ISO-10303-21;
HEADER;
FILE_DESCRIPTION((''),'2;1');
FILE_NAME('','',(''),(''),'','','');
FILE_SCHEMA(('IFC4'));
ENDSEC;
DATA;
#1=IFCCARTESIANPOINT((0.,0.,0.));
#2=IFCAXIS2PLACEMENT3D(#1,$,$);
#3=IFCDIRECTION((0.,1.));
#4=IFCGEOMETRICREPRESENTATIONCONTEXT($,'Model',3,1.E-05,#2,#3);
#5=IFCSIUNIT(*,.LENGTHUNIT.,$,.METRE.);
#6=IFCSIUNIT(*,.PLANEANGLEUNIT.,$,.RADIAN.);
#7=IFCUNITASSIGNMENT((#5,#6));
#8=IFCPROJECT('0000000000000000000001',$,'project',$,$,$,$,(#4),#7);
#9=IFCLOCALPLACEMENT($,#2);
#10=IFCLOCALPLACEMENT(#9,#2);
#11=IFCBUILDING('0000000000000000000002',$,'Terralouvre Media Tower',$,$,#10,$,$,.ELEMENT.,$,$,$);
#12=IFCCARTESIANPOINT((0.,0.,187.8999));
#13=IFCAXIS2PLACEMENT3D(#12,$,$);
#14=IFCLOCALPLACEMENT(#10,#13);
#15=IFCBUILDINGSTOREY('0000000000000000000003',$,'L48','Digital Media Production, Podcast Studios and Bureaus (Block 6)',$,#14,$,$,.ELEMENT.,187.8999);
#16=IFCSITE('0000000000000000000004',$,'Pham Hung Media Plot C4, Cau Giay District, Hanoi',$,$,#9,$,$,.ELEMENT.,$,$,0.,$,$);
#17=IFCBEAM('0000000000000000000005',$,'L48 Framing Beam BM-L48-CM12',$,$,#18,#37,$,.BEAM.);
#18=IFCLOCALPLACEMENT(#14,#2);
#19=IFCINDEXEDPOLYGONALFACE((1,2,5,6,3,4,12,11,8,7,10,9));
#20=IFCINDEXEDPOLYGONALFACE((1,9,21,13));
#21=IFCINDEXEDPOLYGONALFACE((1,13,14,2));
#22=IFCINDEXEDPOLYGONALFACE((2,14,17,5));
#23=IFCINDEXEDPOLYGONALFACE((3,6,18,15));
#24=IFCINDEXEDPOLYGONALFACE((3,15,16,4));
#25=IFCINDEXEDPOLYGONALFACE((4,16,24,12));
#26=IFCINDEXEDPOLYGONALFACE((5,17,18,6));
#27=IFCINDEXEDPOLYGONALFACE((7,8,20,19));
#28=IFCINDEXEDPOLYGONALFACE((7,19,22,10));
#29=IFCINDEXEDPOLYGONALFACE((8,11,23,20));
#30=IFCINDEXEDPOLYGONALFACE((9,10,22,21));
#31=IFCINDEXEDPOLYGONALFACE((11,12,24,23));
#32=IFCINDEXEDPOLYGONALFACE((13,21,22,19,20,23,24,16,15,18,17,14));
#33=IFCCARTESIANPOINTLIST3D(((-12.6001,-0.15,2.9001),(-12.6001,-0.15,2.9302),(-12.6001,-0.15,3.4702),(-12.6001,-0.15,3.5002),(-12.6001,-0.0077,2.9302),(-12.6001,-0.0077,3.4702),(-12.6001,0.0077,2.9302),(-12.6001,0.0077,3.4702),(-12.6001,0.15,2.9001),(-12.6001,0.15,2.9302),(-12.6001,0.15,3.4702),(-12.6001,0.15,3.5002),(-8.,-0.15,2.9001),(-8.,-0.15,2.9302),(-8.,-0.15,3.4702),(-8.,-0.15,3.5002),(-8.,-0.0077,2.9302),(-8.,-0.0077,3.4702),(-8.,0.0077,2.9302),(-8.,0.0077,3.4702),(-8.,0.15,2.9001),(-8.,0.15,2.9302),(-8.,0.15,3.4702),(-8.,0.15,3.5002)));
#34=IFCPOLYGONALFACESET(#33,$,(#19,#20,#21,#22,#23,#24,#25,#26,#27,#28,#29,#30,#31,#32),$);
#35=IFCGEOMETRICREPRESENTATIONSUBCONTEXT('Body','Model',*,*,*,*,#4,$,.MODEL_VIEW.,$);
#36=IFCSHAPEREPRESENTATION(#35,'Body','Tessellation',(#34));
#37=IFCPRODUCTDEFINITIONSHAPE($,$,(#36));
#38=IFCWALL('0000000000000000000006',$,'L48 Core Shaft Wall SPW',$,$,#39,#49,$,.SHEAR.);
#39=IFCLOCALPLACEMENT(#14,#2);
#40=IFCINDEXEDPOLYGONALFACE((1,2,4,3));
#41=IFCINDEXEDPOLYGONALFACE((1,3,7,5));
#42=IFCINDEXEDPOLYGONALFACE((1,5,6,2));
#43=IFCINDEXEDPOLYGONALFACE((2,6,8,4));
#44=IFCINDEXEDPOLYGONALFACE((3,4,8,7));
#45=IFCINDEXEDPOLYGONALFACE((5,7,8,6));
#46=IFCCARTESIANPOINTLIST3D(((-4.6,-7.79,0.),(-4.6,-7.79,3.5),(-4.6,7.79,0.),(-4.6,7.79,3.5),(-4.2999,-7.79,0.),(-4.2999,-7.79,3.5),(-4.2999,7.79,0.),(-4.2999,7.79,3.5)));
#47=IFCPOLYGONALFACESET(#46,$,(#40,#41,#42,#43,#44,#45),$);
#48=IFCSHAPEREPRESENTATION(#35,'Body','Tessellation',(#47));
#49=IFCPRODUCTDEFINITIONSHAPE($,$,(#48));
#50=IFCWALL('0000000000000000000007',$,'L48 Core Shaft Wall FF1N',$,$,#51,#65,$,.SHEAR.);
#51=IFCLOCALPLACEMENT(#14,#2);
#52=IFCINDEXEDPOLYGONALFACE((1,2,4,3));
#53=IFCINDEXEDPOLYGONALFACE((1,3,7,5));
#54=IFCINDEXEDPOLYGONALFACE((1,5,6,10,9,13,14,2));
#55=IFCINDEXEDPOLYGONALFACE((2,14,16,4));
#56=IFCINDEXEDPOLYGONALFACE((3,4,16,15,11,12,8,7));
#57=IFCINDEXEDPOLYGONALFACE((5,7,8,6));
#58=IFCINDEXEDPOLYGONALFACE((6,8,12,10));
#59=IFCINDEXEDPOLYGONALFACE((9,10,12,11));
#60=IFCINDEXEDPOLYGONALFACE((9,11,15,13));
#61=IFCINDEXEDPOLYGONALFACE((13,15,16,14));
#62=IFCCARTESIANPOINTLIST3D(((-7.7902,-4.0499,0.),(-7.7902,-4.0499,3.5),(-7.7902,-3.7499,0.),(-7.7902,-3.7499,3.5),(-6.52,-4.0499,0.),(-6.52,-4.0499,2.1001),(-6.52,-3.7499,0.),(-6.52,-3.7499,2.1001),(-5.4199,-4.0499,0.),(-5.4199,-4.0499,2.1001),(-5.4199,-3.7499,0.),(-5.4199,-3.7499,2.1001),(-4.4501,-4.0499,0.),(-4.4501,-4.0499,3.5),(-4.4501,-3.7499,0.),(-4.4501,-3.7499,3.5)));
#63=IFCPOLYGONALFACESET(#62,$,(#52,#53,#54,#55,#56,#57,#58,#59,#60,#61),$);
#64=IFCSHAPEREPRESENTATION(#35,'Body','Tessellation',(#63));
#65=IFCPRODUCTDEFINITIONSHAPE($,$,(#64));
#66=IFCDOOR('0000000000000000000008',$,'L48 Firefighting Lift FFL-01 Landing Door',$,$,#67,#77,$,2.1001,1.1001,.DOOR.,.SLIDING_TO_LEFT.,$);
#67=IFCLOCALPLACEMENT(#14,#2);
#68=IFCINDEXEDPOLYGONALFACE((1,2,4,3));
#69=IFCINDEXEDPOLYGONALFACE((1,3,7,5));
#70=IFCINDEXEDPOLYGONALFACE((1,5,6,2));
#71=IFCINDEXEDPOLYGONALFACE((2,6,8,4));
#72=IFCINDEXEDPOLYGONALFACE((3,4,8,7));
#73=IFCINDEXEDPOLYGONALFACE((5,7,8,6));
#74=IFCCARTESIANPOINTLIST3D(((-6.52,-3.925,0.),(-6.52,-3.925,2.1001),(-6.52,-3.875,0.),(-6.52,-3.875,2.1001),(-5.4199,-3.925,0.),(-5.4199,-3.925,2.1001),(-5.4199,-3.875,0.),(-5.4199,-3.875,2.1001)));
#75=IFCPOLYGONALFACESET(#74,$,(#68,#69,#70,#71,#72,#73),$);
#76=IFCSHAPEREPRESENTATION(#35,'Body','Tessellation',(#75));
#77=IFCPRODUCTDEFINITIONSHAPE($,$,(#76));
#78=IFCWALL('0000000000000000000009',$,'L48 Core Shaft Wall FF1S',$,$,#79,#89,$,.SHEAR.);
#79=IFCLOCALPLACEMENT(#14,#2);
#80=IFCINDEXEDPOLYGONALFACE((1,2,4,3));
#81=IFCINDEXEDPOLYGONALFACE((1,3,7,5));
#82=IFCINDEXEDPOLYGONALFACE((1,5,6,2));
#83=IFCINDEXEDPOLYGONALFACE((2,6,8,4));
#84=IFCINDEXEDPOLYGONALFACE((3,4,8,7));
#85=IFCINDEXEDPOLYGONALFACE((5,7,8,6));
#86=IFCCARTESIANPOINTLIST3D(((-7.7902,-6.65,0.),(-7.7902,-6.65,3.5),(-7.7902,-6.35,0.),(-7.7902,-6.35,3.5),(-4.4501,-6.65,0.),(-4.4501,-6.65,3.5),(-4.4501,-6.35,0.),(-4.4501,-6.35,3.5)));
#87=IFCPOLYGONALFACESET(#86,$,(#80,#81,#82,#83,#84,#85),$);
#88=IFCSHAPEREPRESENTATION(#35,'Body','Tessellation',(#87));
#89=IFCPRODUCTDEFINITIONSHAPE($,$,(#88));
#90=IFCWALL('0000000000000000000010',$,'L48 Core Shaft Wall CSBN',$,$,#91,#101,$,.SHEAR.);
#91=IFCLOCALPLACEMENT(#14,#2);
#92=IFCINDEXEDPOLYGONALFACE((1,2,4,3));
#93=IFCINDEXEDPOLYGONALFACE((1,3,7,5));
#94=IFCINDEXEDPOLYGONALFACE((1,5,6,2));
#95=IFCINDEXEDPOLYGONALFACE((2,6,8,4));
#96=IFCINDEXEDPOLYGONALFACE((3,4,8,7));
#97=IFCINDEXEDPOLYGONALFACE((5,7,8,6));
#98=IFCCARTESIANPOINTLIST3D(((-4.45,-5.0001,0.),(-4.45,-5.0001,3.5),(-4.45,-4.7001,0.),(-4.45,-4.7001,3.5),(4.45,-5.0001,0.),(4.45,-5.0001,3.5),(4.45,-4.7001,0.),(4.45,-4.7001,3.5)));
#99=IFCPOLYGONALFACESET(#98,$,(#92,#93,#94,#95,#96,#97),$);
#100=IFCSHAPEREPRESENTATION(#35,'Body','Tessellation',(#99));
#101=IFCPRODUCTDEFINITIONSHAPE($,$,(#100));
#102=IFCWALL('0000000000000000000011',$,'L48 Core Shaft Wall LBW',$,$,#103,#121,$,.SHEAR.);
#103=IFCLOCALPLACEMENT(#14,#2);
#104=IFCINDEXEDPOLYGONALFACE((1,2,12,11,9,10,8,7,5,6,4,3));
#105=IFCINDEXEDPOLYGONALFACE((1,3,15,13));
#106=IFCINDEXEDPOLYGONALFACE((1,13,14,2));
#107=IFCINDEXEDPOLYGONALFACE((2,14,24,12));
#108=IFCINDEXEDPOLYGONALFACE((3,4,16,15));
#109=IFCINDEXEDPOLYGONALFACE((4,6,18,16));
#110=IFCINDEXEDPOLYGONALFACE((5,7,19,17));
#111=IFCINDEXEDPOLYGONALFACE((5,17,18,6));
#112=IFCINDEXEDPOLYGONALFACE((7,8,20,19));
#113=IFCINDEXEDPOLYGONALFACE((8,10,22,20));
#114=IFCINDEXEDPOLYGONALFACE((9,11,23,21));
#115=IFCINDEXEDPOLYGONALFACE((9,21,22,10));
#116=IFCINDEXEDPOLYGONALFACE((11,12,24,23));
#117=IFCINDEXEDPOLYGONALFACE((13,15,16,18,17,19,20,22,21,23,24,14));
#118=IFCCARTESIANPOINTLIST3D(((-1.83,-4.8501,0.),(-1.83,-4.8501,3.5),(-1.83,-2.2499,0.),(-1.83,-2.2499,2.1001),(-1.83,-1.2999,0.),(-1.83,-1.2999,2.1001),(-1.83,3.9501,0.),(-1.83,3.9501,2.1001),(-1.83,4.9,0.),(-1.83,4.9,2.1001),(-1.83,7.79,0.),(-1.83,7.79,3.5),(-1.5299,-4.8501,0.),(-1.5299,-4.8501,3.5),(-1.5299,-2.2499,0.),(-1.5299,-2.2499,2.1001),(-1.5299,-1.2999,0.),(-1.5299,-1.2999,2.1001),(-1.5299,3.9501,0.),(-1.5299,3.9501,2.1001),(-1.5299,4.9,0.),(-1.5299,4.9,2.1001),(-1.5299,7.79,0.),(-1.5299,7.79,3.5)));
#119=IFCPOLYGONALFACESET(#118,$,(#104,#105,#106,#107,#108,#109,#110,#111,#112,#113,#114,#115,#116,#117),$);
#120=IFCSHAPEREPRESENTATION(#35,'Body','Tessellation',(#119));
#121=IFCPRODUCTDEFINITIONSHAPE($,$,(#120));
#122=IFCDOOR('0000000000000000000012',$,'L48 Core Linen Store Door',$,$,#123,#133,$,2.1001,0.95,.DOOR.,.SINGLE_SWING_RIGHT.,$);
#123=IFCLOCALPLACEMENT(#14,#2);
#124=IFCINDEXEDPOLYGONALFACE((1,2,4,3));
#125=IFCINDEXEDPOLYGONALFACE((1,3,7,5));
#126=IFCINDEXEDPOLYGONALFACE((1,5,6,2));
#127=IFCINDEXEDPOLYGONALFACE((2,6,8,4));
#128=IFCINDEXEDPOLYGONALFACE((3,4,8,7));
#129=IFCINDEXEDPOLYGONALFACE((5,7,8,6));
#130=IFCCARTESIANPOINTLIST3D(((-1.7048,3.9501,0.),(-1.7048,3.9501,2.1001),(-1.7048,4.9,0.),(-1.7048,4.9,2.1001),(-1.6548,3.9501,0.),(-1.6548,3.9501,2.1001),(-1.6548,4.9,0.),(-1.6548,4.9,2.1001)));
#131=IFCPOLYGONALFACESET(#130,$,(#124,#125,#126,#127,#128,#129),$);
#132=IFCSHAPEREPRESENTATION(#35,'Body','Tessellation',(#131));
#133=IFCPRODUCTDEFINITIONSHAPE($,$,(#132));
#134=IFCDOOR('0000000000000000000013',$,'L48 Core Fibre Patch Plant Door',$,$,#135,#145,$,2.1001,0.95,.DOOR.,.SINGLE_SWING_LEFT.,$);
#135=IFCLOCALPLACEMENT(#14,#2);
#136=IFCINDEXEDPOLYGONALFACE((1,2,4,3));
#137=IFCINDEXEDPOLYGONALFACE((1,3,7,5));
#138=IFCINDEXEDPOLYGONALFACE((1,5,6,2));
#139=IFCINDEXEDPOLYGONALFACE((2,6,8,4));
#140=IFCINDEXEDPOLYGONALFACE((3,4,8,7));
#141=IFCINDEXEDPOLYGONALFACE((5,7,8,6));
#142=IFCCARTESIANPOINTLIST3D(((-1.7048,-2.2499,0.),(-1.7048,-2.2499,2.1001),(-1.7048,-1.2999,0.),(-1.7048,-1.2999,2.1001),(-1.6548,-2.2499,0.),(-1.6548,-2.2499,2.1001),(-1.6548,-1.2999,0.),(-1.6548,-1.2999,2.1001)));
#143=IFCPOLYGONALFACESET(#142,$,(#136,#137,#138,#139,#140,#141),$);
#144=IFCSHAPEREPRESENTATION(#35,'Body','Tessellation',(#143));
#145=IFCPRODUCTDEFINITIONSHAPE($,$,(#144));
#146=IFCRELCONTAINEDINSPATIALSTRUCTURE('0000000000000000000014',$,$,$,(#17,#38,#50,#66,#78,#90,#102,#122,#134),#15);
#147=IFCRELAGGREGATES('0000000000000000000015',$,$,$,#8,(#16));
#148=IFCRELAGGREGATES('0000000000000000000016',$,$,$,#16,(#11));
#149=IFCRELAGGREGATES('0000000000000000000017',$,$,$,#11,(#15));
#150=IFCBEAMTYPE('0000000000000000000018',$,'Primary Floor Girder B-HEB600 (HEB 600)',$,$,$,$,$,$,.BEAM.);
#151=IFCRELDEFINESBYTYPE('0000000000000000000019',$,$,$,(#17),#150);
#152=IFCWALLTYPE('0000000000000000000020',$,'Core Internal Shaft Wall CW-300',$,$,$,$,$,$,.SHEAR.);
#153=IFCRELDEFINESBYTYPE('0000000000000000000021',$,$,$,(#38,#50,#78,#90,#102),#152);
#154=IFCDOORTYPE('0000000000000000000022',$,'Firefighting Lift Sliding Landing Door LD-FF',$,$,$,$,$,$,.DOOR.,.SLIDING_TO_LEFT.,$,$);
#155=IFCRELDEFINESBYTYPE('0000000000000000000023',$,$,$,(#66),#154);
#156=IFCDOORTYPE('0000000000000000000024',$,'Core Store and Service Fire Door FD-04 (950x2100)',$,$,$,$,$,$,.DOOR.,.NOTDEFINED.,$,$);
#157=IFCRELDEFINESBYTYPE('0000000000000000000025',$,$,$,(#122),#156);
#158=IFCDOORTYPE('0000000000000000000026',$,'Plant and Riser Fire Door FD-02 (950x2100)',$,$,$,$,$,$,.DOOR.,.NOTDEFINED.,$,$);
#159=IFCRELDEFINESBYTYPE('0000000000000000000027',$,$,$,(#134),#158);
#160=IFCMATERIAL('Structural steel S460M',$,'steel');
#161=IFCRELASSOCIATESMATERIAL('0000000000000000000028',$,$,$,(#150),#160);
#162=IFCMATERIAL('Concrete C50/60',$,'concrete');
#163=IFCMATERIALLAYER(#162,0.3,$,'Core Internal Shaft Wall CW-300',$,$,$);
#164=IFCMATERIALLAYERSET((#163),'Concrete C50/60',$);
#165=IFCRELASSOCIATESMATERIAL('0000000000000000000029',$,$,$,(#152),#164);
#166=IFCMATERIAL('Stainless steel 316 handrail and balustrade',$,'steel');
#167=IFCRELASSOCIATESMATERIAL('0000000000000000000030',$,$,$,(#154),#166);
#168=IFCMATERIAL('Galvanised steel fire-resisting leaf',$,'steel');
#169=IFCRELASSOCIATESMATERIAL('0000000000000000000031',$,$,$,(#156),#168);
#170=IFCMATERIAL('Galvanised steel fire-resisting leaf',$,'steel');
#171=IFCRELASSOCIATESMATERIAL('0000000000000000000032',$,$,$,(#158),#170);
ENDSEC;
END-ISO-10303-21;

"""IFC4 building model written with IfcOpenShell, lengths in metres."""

from ifc_helpers import new_model, si_unit, direction, frame, frame_2d, origin, origin_2d, place, context, subcontext, project, spatial, rectangle, i_section, extrude, material, layer, layer_set, material_profile, profile_set, type_object, element, fill, save


model = new_model("IFC4")

# Units and contexts
model_context = context("Model", 3, precision=1e-05, world=origin(), true_north=direction((0.0, 1.0)))
body_context = subcontext(model_context, "Body", "Model", "MODEL_VIEW")
ifc_project = project(units=[si_unit("LENGTHUNIT", "METRE"), si_unit("PLANEANGLEUNIT", "RADIAN")], contexts=[model_context])

# Site, building, storey
site_placement = place(None, origin())
site = spatial("IfcSite", under=ifc_project, at=site_placement, Name="Pham Hung Media Plot C4, Cau Giay District, Hanoi", CompositionType="ELEMENT", RefElevation=0.0)
building_placement = place(site_placement, origin())
building = spatial("IfcBuilding", under=site, at=building_placement, Name="Terralouvre Media Tower", CompositionType="ELEMENT")
storey_placement = place(building_placement, frame((0.0, 0.0, 187.8999)))
storey = spatial("IfcBuildingStorey", under=building, at=storey_placement, Name="L48", Description="Digital Media Production, Podcast Studios and Bureaus (Block 6)", CompositionType="ELEMENT", Elevation=187.8999)

# Beam
ifc_material_1 = material(Name="Structural steel S460M", Category="steel")
ifc_material_profile_1 = material_profile(ifc_material_1, i_section(OverallWidth=0.3, OverallDepth=0.6001, WebThickness=0.0154, FlangeThickness=0.03, at=origin_2d()), Name="HEB 600")
ifc_profile_set_1 = profile_set([ifc_material_profile_1], Name="Structural steel S460M")
beam_type_1 = type_object("IfcBeamType", Name="Primary Floor Girder B-HEB600 (HEB 600)", PredefinedType="BEAM", material=ifc_profile_set_1)
beam_1_placement = place(storey_placement, frame((-8.0, 0.0, 3.2002), z_axis=(-1.0, 0.0, 0.0), x_axis=(0.0, -1.0, 0.0)))
element("IfcBeam", 1, at=beam_1_placement, inside=storey, type_object=beam_type_1, Name="L48 Framing Beam BM-L48-CM12", PredefinedType="BEAM", context=body_context, shape_type="SweptSolid", body=[
    extrude(i_section(OverallWidth=0.3, OverallDepth=0.6001, WebThickness=0.0154, FlangeThickness=0.03, at=origin_2d()), origin(), (0.0, 0.0, 1.0), 4.6001),
])

# Wall
ifc_material_2 = material(Name="Concrete C50/60", Category="concrete")
ifc_layer_1 = layer(ifc_material_2, 0.3, Name="Core Internal Shaft Wall CW-300")
ifc_layer_set_1 = layer_set([ifc_layer_1], Name="Concrete C50/60")
wall_type_1 = type_object("IfcWallType", Name="Core Internal Shaft Wall CW-300", PredefinedType="SHEAR", material=ifc_layer_set_1)
wall_1_placement = place(storey_placement, frame((-4.45, -7.79, 0.0), z_axis=(0.0, 0.0, 1.0), x_axis=(0.0, 1.0, 0.0)))
element("IfcWall", 2, at=wall_1_placement, inside=storey, type_object=wall_type_1, Name="L48 Core Shaft Wall SPW", PredefinedType="SHEAR", context=body_context, shape_type="SweptSolid", body=[
    extrude(rectangle(XDim=15.5801, YDim=0.3, at=frame_2d((7.79, 0.0))), origin(), (0.0, 0.0, 1.0), 3.5),
])

# Wall, opening, door
wall_2_placement = place(storey_placement, frame((-7.79, -3.8999, 0.0), z_axis=(0.0, 0.0, 1.0), x_axis=(1.0, 0.0, 0.0)))
wall_2 = element("IfcWall", 3, at=wall_2_placement, inside=storey, type_object=wall_type_1, Name="L48 Core Shaft Wall FF1N", PredefinedType="SHEAR", context=body_context, shape_type="SweptSolid", body=[
    extrude(rectangle(XDim=3.3401, YDim=0.3, at=frame_2d((1.6699, 0.0))), origin(), (0.0, 0.0, 1.0), 3.5),
])
opening_1_placement = place(wall_2_placement, frame((1.27, 0.0, 0.0)))
opening_1 = element("IfcOpeningElement", 4, at=opening_1_placement, cuts=wall_2, PredefinedType="OPENING", context=body_context, shape_type="SweptSolid", body=[
    extrude(rectangle(XDim=1.1001, YDim=2.1001, at=frame_2d((0.55, 1.05))), frame((0.0, 0.1599, 0.0), z_axis=(0.0, -1.0, 0.0), x_axis=(1.0, 0.0, 0.0)), (0.0, 0.0, 1.0), 0.3201),
])
ifc_material_3 = material(Name="Stainless steel 316 handrail and balustrade", Category="steel")
door_type_1 = type_object("IfcDoorType", Name="Firefighting Lift Sliding Landing Door LD-FF", OperationType="SLIDING_TO_LEFT", PredefinedType="DOOR", material=ifc_material_3)
door_1_placement = place(opening_1_placement, origin())
door_1 = element("IfcDoor", 5, at=door_1_placement, inside=storey, type_object=door_type_1, Name="L48 Firefighting Lift FFL-01 Landing Door", OperationType="SLIDING_TO_LEFT", OverallHeight=2.1001, OverallWidth=1.1001, PredefinedType="DOOR", context=body_context, shape_type="SweptSolid", body=[
    extrude(rectangle(XDim=1.1001, YDim=2.1001, at=frame_2d((0.55, 1.05))), frame((0.0, 0.0249, 0.0), z_axis=(0.0, -1.0, 0.0), x_axis=(1.0, 0.0, 0.0)), (0.0, 0.0, 1.0), 0.05),
])
fill(opening_1, door_1)

# Walls
wall_3_placement = place(storey_placement, frame((-7.79, -6.5, 0.0), z_axis=(0.0, 0.0, 1.0), x_axis=(1.0, 0.0, 0.0)))
element("IfcWall", 6, at=wall_3_placement, inside=storey, type_object=wall_type_1, Name="L48 Core Shaft Wall FF1S", PredefinedType="SHEAR", context=body_context, shape_type="SweptSolid", body=[
    extrude(rectangle(XDim=3.3401, YDim=0.3, at=frame_2d((1.6699, 0.0))), origin(), (0.0, 0.0, 1.0), 3.5),
])
wall_4_placement = place(storey_placement, frame((-4.45, -4.8501, 0.0), z_axis=(0.0, 0.0, 1.0), x_axis=(1.0, 0.0, 0.0)))
element("IfcWall", 7, at=wall_4_placement, inside=storey, type_object=wall_type_1, Name="L48 Core Shaft Wall CSBN", PredefinedType="SHEAR", context=body_context, shape_type="SweptSolid", body=[
    extrude(rectangle(XDim=8.8999, YDim=0.3, at=frame_2d((4.45, 0.0))), origin(), (0.0, 0.0, 1.0), 3.5),
])

# Wall, openings, doors
wall_5_placement = place(storey_placement, frame((-1.6799, -4.8501, 0.0), z_axis=(0.0, 0.0, 1.0), x_axis=(0.0, 1.0, 0.0)))
wall_5 = element("IfcWall", 8, at=wall_5_placement, inside=storey, type_object=wall_type_1, Name="L48 Core Shaft Wall LBW", PredefinedType="SHEAR", context=body_context, shape_type="SweptSolid", body=[
    extrude(rectangle(XDim=12.6401, YDim=0.3, at=frame_2d((6.3201, 0.0))), origin(), (0.0, 0.0, 1.0), 3.5),
])
opening_2_placement = place(wall_5_placement, frame((2.6001, 0.0, 0.0)))
opening_2 = element("IfcOpeningElement", 9, at=opening_2_placement, cuts=wall_5, PredefinedType="OPENING", context=body_context, shape_type="SweptSolid", body=[
    extrude(rectangle(XDim=0.95, YDim=2.1001, at=frame_2d((0.4751, 1.05))), frame((0.0, 0.1599, 0.0), z_axis=(0.0, -1.0, 0.0), x_axis=(1.0, 0.0, 0.0)), (0.0, 0.0, 1.0), 0.3201),
])
opening_3_placement = place(wall_5_placement, frame((8.8, 0.0, 0.0)))
opening_3 = element("IfcOpeningElement", 10, at=opening_3_placement, cuts=wall_5, PredefinedType="OPENING", context=body_context, shape_type="SweptSolid", body=[
    extrude(rectangle(XDim=0.95, YDim=2.1001, at=frame_2d((0.4751, 1.05))), frame((0.0, 0.1599, 0.0), z_axis=(0.0, -1.0, 0.0), x_axis=(1.0, 0.0, 0.0)), (0.0, 0.0, 1.0), 0.3201),
])
ifc_material_4 = material(Name="Galvanised steel fire-resisting leaf", Category="steel")
door_type_2 = type_object("IfcDoorType", Name="Core Store and Service Fire Door FD-04 (950x2100)", OperationType="NOTDEFINED", PredefinedType="DOOR", material=ifc_material_4)
door_2_placement = place(opening_3_placement, origin())
door_2 = element("IfcDoor", 11, at=door_2_placement, inside=storey, type_object=door_type_2, Name="L48 Core Linen Store Door", OperationType="SINGLE_SWING_RIGHT", OverallHeight=2.1001, OverallWidth=0.95, PredefinedType="DOOR", context=body_context, shape_type="SweptSolid", body=[
    extrude(rectangle(XDim=0.95, YDim=2.1001, at=frame_2d((0.4751, 1.05))), frame((0.0, 0.0249, 0.0), z_axis=(0.0, -1.0, 0.0), x_axis=(1.0, 0.0, 0.0)), (0.0, 0.0, 1.0), 0.05),
])
fill(opening_3, door_2)
ifc_material_5 = material(Name="Galvanised steel fire-resisting leaf", Category="steel")
door_type_3 = type_object("IfcDoorType", Name="Plant and Riser Fire Door FD-02 (950x2100)", OperationType="NOTDEFINED", PredefinedType="DOOR", material=ifc_material_5)
door_3_placement = place(opening_2_placement, origin())
door_3 = element("IfcDoor", 12, at=door_3_placement, inside=storey, type_object=door_type_3, Name="L48 Core Fibre Patch Plant Door", OperationType="SINGLE_SWING_LEFT", OverallHeight=2.1001, OverallWidth=0.95, PredefinedType="DOOR", context=body_context, shape_type="SweptSolid", body=[
    extrude(rectangle(XDim=0.95, YDim=2.1001, at=frame_2d((0.4751, 1.05))), frame((0.0, 0.0249, 0.0), z_axis=(0.0, -1.0, 0.0), x_axis=(1.0, 0.0, 0.0)), (0.0, 0.0, 1.0), 0.05),
])
fill(opening_2, door_3)

save(model, "model.ifc")
